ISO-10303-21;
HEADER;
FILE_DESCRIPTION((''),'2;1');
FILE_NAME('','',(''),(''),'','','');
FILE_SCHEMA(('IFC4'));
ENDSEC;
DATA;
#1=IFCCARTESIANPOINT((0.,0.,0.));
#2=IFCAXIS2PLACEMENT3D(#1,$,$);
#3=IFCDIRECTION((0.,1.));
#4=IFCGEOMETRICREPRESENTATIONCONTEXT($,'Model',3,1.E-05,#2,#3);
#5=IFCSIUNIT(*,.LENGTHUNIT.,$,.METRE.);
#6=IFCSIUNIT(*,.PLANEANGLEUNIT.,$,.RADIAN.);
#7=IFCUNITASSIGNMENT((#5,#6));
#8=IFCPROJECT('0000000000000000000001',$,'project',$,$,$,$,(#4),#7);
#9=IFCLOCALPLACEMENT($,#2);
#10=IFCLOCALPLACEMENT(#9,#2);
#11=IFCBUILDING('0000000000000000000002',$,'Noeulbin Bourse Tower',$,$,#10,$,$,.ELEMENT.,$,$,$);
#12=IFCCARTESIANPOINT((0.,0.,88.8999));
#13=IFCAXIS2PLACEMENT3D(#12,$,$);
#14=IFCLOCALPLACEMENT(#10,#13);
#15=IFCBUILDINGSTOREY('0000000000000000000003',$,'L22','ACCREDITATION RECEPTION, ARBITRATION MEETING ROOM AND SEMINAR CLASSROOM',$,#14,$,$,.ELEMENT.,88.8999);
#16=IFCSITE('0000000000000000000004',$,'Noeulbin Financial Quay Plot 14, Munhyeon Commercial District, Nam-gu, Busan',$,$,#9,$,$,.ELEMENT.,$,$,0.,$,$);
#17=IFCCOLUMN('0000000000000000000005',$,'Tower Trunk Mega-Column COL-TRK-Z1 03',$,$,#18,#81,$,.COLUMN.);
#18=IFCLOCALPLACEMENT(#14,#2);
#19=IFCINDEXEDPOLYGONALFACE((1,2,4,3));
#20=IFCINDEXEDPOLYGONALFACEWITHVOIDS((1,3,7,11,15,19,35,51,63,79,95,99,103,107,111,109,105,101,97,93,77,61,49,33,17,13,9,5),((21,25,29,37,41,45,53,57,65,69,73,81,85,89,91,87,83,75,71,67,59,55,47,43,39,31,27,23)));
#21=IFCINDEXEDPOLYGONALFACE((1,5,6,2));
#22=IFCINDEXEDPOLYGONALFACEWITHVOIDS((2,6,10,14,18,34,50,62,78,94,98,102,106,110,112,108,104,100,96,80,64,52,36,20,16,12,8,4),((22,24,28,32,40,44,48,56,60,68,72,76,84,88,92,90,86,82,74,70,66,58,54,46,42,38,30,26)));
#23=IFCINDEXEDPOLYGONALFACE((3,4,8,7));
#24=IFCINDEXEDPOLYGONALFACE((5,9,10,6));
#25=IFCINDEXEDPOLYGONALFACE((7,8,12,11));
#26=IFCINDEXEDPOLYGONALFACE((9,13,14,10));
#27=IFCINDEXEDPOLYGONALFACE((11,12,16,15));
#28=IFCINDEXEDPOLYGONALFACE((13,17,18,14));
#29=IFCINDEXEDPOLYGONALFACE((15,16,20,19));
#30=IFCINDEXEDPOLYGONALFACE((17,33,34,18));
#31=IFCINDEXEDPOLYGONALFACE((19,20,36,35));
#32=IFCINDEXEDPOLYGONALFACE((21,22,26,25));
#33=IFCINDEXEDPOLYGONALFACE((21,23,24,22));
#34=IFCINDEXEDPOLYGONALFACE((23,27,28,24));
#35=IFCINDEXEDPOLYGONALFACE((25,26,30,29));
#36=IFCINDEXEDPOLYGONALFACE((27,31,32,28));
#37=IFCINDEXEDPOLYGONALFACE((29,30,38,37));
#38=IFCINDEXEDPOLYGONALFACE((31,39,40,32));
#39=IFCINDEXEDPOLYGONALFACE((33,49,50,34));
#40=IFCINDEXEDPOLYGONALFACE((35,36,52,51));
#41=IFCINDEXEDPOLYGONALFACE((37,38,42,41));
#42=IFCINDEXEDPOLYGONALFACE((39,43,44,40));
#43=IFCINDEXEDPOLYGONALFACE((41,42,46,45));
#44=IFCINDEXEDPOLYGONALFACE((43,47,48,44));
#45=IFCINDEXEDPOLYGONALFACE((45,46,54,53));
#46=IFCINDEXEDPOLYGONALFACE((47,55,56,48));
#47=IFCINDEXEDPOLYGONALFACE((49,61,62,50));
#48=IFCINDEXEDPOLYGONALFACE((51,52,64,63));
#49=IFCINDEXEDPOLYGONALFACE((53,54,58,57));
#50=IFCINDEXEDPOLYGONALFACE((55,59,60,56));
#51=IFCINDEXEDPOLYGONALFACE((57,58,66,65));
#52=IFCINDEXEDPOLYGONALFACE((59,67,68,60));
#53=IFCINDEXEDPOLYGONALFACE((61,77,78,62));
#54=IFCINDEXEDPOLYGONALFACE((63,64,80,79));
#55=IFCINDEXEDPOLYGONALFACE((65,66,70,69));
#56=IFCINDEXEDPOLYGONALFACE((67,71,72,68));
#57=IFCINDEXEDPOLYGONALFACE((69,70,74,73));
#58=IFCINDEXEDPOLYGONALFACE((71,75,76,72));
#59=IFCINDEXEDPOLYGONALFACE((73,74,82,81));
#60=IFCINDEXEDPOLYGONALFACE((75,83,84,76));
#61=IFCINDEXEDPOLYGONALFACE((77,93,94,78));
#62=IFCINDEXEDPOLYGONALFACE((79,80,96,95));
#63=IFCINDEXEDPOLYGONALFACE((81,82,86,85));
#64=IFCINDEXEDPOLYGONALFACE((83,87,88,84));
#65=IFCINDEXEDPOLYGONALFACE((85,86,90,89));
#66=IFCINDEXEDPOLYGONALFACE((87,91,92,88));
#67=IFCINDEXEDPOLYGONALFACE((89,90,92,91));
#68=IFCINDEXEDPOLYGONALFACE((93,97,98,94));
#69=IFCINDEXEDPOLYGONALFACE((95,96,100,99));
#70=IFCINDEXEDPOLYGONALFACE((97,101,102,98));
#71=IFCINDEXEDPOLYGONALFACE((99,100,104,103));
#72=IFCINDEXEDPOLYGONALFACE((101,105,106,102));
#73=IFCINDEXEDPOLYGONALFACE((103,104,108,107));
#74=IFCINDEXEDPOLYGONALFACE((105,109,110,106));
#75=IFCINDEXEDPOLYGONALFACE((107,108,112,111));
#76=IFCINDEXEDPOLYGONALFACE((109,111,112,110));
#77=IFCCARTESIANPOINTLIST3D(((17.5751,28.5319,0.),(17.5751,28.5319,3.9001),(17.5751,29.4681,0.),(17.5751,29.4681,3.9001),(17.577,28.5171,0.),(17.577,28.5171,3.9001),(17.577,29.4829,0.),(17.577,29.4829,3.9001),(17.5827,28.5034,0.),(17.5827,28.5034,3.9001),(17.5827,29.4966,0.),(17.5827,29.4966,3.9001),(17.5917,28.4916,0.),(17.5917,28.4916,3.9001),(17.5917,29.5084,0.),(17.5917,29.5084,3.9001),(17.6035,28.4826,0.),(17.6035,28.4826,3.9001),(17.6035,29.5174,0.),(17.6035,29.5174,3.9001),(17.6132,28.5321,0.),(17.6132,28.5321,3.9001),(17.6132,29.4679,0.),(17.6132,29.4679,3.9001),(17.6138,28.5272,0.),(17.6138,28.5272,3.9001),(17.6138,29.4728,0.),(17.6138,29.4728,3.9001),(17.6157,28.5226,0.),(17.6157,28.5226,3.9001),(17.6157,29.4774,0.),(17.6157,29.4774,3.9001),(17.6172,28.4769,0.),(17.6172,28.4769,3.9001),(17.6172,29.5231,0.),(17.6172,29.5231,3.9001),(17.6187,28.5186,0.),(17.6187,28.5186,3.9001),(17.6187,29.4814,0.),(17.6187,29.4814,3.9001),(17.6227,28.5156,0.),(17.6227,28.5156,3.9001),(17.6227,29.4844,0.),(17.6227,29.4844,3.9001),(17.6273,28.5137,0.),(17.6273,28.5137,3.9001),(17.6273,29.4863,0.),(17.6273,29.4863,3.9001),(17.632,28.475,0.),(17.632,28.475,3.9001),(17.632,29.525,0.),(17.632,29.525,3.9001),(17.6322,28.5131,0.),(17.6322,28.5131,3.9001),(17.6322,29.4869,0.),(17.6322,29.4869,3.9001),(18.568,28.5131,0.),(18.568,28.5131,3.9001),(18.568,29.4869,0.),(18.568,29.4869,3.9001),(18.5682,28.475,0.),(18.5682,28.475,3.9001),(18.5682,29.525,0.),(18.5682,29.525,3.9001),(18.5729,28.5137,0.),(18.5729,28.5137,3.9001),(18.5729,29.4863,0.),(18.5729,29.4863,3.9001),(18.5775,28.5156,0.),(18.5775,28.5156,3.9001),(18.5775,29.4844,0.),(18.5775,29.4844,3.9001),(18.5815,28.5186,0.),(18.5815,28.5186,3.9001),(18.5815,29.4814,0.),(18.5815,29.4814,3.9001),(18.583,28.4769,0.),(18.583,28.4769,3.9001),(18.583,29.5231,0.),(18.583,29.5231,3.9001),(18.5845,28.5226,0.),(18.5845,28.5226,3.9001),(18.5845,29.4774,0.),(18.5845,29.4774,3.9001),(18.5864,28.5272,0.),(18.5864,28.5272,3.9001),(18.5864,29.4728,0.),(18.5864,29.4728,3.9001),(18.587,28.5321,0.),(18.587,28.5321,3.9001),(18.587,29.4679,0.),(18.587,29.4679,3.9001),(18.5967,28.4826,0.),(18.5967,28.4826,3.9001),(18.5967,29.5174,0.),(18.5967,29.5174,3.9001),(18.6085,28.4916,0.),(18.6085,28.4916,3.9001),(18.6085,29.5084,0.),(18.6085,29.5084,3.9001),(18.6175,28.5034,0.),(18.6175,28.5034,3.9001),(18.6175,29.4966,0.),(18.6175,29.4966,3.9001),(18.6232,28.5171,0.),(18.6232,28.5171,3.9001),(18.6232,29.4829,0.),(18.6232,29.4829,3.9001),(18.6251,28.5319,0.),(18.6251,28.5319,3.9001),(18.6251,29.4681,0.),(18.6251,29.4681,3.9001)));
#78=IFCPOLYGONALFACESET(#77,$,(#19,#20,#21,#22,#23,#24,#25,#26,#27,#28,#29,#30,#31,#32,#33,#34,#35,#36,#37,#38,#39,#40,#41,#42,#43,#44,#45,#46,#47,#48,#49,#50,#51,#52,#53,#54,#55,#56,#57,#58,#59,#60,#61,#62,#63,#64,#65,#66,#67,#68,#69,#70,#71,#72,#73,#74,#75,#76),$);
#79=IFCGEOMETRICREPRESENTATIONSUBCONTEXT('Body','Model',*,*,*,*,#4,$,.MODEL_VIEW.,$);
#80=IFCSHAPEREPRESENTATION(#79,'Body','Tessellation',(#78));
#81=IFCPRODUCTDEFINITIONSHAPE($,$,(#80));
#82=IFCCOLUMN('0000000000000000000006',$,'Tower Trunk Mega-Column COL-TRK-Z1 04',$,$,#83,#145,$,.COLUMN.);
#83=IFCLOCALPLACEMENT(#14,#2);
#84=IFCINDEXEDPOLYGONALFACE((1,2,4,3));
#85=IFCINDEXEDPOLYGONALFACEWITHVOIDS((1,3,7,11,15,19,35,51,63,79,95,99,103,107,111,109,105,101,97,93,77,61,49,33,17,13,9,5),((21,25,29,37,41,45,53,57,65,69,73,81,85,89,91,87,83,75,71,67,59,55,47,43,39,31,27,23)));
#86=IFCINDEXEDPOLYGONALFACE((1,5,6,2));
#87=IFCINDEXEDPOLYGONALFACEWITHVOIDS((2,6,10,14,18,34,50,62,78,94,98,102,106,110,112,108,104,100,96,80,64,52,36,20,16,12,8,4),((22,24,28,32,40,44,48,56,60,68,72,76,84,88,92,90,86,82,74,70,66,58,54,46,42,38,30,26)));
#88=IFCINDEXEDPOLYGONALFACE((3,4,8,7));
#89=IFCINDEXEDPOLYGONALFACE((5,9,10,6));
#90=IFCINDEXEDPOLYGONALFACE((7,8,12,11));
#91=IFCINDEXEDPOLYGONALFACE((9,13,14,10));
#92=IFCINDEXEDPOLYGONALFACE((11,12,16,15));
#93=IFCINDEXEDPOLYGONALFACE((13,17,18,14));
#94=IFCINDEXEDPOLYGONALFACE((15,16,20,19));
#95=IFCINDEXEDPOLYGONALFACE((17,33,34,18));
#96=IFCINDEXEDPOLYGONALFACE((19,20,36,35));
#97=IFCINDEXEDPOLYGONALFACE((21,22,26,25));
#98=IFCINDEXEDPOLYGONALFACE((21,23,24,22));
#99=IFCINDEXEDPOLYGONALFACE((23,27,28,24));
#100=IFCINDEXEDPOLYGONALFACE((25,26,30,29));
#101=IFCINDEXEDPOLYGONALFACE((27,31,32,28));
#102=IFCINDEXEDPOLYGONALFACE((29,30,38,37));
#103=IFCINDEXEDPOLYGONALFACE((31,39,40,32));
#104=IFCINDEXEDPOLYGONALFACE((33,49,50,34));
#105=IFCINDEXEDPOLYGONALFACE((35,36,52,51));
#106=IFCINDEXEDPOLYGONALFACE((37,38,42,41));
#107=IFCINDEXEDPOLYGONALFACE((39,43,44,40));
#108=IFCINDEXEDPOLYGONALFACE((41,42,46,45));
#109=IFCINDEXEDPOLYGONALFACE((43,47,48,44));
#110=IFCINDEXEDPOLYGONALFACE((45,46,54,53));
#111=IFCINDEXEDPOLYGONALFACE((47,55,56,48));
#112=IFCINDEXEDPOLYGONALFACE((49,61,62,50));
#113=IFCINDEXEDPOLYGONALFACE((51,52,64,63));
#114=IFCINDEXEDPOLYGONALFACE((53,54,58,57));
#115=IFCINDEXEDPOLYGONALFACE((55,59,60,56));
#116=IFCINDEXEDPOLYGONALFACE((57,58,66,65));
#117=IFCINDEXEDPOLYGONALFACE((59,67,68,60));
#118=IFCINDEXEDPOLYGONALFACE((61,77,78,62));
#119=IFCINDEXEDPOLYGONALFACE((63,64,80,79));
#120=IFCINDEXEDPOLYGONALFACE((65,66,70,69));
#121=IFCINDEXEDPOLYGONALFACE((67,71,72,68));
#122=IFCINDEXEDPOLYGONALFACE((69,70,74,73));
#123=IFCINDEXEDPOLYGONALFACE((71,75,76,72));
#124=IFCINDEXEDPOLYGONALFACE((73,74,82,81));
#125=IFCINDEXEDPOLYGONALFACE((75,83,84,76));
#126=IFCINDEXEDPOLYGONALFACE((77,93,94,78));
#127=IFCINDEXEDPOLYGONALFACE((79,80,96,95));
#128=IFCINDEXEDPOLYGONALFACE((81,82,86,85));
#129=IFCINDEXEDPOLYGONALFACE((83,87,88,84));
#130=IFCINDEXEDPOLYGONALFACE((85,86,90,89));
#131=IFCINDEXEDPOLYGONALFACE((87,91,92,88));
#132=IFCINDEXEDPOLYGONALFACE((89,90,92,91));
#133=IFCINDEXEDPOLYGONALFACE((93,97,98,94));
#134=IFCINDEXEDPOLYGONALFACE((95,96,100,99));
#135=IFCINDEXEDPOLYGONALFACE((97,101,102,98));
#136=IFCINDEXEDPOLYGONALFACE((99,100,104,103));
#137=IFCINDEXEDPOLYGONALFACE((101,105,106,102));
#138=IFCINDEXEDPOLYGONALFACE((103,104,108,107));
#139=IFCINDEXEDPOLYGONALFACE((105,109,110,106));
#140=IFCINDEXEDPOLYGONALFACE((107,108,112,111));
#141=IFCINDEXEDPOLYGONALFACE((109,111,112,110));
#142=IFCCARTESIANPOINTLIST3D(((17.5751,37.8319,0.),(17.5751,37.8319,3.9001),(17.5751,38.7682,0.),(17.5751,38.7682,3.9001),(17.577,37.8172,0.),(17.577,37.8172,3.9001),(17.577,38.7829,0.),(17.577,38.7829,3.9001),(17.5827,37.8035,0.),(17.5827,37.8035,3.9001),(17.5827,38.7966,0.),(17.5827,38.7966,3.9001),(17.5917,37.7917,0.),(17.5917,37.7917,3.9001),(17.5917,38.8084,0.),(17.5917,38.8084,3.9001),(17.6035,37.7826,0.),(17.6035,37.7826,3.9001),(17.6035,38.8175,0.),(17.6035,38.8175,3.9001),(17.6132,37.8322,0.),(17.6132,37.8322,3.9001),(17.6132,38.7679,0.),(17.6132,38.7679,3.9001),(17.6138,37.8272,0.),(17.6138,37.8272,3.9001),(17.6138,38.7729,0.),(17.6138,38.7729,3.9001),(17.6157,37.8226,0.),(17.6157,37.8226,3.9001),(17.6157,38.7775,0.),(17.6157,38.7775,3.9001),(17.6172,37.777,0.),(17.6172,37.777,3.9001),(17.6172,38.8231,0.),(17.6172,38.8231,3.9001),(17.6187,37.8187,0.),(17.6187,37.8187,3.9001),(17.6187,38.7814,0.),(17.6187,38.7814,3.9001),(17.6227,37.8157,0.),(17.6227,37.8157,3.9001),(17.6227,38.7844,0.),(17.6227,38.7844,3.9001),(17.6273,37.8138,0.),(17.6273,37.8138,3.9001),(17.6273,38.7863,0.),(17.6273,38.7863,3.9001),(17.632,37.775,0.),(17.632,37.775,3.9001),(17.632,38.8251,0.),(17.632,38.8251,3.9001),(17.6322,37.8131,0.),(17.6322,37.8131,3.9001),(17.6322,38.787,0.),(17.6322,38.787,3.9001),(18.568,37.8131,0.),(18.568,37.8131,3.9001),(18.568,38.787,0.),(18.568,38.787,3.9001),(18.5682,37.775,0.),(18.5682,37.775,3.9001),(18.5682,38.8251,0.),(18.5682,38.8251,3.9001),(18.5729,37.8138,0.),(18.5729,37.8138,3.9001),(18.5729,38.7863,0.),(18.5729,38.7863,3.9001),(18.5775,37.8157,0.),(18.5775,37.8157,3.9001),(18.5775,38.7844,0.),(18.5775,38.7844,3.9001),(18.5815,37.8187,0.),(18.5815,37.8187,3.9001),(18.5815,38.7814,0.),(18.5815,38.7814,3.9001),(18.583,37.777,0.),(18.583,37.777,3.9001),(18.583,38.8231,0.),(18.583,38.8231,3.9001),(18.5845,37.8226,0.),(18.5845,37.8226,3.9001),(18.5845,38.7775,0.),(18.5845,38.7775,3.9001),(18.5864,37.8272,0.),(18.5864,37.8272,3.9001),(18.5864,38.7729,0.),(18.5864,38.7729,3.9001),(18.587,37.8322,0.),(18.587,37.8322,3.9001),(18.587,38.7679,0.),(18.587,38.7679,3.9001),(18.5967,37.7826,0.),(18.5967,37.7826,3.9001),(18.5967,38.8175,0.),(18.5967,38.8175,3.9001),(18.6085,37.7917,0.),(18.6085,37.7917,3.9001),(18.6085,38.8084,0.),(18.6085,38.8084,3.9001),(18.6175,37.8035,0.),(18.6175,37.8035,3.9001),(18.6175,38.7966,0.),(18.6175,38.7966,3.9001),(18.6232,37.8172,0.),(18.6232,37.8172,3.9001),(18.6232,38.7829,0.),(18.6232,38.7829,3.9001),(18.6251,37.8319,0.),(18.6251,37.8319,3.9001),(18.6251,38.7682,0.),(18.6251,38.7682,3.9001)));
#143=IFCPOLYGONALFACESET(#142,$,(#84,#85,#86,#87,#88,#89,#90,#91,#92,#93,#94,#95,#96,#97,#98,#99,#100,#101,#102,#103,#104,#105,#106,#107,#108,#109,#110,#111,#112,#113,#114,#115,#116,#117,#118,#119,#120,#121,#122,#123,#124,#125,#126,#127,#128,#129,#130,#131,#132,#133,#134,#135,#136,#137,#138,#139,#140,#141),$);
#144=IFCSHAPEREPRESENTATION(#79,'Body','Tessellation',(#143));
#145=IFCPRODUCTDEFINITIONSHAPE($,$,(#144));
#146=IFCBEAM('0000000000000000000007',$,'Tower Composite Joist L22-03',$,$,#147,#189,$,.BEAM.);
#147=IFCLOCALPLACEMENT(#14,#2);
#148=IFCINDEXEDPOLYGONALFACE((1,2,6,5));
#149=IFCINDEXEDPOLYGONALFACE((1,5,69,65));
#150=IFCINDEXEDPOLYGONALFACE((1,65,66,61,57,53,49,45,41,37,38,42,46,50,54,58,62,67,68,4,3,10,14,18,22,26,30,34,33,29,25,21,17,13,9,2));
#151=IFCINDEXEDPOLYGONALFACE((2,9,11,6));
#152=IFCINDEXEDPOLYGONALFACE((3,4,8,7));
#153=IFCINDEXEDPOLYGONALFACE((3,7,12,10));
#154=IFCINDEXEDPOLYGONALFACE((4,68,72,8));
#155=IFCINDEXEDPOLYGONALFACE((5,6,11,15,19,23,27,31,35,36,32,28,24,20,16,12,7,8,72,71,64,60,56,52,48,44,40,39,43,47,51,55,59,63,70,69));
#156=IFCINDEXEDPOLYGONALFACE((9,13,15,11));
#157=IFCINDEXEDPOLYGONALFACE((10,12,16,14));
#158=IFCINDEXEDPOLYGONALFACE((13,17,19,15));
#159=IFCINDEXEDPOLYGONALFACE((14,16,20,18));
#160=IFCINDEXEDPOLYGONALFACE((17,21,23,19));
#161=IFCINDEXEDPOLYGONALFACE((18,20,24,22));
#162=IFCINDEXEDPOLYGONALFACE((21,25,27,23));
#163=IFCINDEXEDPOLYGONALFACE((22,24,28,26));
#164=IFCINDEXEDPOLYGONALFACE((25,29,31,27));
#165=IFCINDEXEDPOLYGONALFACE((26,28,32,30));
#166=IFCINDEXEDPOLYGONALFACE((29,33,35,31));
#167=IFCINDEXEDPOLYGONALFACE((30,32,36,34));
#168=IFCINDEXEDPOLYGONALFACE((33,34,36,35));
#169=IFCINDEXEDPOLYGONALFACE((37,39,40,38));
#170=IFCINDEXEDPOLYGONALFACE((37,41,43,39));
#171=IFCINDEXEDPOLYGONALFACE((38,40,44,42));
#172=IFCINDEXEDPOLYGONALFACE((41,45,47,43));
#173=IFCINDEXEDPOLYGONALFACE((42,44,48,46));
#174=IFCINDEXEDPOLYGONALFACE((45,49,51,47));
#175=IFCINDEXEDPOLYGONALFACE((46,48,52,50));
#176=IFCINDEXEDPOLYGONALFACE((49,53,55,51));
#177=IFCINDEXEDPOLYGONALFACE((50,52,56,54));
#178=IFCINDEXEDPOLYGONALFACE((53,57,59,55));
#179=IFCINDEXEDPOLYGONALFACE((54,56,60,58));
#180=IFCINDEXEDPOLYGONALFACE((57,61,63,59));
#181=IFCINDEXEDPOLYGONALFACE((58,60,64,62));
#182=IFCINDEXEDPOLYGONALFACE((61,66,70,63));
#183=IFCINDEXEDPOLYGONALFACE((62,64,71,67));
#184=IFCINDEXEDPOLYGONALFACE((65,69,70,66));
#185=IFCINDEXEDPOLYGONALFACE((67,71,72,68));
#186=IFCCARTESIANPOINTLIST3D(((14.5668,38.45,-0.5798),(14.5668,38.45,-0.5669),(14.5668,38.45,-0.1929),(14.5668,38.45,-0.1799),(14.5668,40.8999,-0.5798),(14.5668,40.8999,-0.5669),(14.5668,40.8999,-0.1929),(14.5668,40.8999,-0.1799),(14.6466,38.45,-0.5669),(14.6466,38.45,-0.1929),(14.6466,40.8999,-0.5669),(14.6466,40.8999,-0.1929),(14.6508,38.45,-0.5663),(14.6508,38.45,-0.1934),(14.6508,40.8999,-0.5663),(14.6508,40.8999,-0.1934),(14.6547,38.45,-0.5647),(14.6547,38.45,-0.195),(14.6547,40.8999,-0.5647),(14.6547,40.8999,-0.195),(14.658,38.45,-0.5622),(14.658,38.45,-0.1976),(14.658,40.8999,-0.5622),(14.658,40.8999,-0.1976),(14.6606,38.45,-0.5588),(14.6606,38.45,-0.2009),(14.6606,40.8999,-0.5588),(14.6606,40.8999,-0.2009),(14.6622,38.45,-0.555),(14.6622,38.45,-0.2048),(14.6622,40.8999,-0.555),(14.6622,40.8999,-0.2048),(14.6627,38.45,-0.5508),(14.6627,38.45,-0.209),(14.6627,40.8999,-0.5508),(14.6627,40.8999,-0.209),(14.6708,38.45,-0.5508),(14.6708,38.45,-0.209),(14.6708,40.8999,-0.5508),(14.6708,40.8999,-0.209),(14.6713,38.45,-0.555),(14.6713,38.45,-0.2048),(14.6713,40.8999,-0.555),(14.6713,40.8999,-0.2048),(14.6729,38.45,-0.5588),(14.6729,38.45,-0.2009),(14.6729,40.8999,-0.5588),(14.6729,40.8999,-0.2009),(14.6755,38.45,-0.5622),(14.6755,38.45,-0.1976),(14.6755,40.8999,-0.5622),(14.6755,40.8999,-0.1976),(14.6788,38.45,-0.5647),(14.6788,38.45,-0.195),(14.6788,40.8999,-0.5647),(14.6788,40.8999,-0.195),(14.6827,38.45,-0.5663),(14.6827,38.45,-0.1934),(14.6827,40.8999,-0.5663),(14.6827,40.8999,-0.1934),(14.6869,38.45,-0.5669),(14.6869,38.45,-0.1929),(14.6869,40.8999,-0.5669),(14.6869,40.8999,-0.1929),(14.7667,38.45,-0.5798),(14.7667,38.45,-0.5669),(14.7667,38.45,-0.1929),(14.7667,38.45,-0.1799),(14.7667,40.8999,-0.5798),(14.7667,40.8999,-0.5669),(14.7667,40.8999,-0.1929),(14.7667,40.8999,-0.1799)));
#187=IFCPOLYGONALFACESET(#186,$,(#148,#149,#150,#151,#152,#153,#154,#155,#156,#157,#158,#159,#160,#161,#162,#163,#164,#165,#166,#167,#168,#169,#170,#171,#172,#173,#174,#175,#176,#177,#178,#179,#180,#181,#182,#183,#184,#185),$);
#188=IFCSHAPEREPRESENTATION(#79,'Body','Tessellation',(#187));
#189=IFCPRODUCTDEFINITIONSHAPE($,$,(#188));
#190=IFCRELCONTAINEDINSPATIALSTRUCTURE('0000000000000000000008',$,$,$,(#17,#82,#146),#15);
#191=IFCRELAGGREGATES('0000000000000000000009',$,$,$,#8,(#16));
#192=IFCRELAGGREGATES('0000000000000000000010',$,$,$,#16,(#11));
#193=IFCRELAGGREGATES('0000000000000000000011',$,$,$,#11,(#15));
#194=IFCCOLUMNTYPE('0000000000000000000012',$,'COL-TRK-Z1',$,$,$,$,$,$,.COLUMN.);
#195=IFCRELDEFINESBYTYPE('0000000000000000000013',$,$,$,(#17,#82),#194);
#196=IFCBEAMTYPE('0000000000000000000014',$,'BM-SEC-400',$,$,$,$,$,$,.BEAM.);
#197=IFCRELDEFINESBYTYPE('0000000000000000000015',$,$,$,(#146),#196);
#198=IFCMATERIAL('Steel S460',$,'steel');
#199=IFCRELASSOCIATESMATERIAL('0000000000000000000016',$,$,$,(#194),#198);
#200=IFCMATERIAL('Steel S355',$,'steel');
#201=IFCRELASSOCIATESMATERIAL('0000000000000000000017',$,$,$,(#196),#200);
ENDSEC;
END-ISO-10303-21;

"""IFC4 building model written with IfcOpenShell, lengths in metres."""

from ifc_helpers import new_model, si_unit, direction, frame, origin, origin_2d, place, context, subcontext, project, spatial, hollow_rectangle, i_section, extrude, material, material_profile, profile_set, type_object, element, save


model = new_model("IFC4")

# Units and contexts
model_context = context("Model", 3, precision=1e-05, world=origin(), true_north=direction((0.0, 1.0)))
body_context = subcontext(model_context, "Body", "Model", "MODEL_VIEW")
ifc_project = project(units=[si_unit("LENGTHUNIT", "METRE"), si_unit("PLANEANGLEUNIT", "RADIAN")], contexts=[model_context])

# Site, building, storey
site_placement = place(None, origin())
site = spatial("IfcSite", under=ifc_project, at=site_placement, Name="Noeulbin Financial Quay Plot 14, Munhyeon Commercial District, Nam-gu, Busan", CompositionType="ELEMENT", RefElevation=0.0)
building_placement = place(site_placement, origin())
building = spatial("IfcBuilding", under=site, at=building_placement, Name="Noeulbin Bourse Tower", CompositionType="ELEMENT")
storey_placement = place(building_placement, frame((0.0, 0.0, 88.8999)))
storey = spatial("IfcBuildingStorey", under=building, at=storey_placement, Name="L22", Description="ACCREDITATION RECEPTION, ARBITRATION MEETING ROOM AND SEMINAR CLASSROOM", CompositionType="ELEMENT", Elevation=88.8999)

# Columns
ifc_material_1 = material(Name="Steel S460", Category="steel")
ifc_material_profile_1 = material_profile(ifc_material_1, hollow_rectangle(XDim=1.05, YDim=1.05, WallThickness=0.0381, InnerFilletRadius=0.019, OuterFilletRadius=0.0569, at=origin_2d()), Name="BOX-1050x1050x38", Category="LoadBearing")
ifc_profile_set_1 = profile_set([ifc_material_profile_1], Name="Steel S460")
column_type = type_object("IfcColumnType", Name="COL-TRK-Z1", PredefinedType="COLUMN", material=ifc_profile_set_1)
for number, where, z_axis, x_axis, name in (
    (1, (18.1001, 29.0, 0.0), (0.0, 0.0, 1.0), (1.0, 0.0, 0.0), "Tower Trunk Mega-Column COL-TRK-Z1 03"),
    (2, (18.1001, 38.3, 0.0), (0.0, 0.0, 1.0), (1.0, 0.0, 0.0), "Tower Trunk Mega-Column COL-TRK-Z1 04"),
):
    element("IfcColumn", number, at=place(storey_placement, frame(where, z_axis=z_axis, x_axis=x_axis)), inside=storey, type_object=column_type, Name=name, PredefinedType="COLUMN", context=body_context, shape_type="SweptSolid", body=[
        extrude(hollow_rectangle(XDim=1.05, YDim=1.05, WallThickness=0.0381, InnerFilletRadius=0.019, OuterFilletRadius=0.0569, at=origin_2d()), origin(), (0.0, 0.0, 1.0), 3.9001),
    ])

# Beam
ifc_material_2 = material(Name="Steel S355", Category="steel")
ifc_material_profile_2 = material_profile(ifc_material_2, i_section(OverallWidth=0.2, OverallDepth=0.3999, WebThickness=0.0081, FlangeThickness=0.0129, FilletRadius=0.0161, at=origin_2d()), Name="H-400x200x8x13", Category="LoadBearing")
ifc_profile_set_2 = profile_set([ifc_material_profile_2], Name="Steel S355")
beam_type = type_object("IfcBeamType", Name="BM-SEC-400", PredefinedType="BEAM", material=ifc_profile_set_2)
for number, where, z_axis, x_axis, name in (
    (3, (14.6667, 38.45, -0.3799), (0.0, 1.0, 0.0), (-1.0, 0.0, 0.0), "Tower Composite Joist L22-03"),
):
    element("IfcBeam", number, at=place(storey_placement, frame(where, z_axis=z_axis, x_axis=x_axis)), inside=storey, type_object=beam_type, Name=name, PredefinedType="BEAM", context=body_context, shape_type="SweptSolid", body=[
        extrude(i_section(OverallWidth=0.2, OverallDepth=0.3999, WebThickness=0.0081, FlangeThickness=0.0129, FilletRadius=0.0161, at=origin_2d()), origin(), (0.0, 0.0, 1.0), 2.45),
    ])

save(model, "model.ifc")
